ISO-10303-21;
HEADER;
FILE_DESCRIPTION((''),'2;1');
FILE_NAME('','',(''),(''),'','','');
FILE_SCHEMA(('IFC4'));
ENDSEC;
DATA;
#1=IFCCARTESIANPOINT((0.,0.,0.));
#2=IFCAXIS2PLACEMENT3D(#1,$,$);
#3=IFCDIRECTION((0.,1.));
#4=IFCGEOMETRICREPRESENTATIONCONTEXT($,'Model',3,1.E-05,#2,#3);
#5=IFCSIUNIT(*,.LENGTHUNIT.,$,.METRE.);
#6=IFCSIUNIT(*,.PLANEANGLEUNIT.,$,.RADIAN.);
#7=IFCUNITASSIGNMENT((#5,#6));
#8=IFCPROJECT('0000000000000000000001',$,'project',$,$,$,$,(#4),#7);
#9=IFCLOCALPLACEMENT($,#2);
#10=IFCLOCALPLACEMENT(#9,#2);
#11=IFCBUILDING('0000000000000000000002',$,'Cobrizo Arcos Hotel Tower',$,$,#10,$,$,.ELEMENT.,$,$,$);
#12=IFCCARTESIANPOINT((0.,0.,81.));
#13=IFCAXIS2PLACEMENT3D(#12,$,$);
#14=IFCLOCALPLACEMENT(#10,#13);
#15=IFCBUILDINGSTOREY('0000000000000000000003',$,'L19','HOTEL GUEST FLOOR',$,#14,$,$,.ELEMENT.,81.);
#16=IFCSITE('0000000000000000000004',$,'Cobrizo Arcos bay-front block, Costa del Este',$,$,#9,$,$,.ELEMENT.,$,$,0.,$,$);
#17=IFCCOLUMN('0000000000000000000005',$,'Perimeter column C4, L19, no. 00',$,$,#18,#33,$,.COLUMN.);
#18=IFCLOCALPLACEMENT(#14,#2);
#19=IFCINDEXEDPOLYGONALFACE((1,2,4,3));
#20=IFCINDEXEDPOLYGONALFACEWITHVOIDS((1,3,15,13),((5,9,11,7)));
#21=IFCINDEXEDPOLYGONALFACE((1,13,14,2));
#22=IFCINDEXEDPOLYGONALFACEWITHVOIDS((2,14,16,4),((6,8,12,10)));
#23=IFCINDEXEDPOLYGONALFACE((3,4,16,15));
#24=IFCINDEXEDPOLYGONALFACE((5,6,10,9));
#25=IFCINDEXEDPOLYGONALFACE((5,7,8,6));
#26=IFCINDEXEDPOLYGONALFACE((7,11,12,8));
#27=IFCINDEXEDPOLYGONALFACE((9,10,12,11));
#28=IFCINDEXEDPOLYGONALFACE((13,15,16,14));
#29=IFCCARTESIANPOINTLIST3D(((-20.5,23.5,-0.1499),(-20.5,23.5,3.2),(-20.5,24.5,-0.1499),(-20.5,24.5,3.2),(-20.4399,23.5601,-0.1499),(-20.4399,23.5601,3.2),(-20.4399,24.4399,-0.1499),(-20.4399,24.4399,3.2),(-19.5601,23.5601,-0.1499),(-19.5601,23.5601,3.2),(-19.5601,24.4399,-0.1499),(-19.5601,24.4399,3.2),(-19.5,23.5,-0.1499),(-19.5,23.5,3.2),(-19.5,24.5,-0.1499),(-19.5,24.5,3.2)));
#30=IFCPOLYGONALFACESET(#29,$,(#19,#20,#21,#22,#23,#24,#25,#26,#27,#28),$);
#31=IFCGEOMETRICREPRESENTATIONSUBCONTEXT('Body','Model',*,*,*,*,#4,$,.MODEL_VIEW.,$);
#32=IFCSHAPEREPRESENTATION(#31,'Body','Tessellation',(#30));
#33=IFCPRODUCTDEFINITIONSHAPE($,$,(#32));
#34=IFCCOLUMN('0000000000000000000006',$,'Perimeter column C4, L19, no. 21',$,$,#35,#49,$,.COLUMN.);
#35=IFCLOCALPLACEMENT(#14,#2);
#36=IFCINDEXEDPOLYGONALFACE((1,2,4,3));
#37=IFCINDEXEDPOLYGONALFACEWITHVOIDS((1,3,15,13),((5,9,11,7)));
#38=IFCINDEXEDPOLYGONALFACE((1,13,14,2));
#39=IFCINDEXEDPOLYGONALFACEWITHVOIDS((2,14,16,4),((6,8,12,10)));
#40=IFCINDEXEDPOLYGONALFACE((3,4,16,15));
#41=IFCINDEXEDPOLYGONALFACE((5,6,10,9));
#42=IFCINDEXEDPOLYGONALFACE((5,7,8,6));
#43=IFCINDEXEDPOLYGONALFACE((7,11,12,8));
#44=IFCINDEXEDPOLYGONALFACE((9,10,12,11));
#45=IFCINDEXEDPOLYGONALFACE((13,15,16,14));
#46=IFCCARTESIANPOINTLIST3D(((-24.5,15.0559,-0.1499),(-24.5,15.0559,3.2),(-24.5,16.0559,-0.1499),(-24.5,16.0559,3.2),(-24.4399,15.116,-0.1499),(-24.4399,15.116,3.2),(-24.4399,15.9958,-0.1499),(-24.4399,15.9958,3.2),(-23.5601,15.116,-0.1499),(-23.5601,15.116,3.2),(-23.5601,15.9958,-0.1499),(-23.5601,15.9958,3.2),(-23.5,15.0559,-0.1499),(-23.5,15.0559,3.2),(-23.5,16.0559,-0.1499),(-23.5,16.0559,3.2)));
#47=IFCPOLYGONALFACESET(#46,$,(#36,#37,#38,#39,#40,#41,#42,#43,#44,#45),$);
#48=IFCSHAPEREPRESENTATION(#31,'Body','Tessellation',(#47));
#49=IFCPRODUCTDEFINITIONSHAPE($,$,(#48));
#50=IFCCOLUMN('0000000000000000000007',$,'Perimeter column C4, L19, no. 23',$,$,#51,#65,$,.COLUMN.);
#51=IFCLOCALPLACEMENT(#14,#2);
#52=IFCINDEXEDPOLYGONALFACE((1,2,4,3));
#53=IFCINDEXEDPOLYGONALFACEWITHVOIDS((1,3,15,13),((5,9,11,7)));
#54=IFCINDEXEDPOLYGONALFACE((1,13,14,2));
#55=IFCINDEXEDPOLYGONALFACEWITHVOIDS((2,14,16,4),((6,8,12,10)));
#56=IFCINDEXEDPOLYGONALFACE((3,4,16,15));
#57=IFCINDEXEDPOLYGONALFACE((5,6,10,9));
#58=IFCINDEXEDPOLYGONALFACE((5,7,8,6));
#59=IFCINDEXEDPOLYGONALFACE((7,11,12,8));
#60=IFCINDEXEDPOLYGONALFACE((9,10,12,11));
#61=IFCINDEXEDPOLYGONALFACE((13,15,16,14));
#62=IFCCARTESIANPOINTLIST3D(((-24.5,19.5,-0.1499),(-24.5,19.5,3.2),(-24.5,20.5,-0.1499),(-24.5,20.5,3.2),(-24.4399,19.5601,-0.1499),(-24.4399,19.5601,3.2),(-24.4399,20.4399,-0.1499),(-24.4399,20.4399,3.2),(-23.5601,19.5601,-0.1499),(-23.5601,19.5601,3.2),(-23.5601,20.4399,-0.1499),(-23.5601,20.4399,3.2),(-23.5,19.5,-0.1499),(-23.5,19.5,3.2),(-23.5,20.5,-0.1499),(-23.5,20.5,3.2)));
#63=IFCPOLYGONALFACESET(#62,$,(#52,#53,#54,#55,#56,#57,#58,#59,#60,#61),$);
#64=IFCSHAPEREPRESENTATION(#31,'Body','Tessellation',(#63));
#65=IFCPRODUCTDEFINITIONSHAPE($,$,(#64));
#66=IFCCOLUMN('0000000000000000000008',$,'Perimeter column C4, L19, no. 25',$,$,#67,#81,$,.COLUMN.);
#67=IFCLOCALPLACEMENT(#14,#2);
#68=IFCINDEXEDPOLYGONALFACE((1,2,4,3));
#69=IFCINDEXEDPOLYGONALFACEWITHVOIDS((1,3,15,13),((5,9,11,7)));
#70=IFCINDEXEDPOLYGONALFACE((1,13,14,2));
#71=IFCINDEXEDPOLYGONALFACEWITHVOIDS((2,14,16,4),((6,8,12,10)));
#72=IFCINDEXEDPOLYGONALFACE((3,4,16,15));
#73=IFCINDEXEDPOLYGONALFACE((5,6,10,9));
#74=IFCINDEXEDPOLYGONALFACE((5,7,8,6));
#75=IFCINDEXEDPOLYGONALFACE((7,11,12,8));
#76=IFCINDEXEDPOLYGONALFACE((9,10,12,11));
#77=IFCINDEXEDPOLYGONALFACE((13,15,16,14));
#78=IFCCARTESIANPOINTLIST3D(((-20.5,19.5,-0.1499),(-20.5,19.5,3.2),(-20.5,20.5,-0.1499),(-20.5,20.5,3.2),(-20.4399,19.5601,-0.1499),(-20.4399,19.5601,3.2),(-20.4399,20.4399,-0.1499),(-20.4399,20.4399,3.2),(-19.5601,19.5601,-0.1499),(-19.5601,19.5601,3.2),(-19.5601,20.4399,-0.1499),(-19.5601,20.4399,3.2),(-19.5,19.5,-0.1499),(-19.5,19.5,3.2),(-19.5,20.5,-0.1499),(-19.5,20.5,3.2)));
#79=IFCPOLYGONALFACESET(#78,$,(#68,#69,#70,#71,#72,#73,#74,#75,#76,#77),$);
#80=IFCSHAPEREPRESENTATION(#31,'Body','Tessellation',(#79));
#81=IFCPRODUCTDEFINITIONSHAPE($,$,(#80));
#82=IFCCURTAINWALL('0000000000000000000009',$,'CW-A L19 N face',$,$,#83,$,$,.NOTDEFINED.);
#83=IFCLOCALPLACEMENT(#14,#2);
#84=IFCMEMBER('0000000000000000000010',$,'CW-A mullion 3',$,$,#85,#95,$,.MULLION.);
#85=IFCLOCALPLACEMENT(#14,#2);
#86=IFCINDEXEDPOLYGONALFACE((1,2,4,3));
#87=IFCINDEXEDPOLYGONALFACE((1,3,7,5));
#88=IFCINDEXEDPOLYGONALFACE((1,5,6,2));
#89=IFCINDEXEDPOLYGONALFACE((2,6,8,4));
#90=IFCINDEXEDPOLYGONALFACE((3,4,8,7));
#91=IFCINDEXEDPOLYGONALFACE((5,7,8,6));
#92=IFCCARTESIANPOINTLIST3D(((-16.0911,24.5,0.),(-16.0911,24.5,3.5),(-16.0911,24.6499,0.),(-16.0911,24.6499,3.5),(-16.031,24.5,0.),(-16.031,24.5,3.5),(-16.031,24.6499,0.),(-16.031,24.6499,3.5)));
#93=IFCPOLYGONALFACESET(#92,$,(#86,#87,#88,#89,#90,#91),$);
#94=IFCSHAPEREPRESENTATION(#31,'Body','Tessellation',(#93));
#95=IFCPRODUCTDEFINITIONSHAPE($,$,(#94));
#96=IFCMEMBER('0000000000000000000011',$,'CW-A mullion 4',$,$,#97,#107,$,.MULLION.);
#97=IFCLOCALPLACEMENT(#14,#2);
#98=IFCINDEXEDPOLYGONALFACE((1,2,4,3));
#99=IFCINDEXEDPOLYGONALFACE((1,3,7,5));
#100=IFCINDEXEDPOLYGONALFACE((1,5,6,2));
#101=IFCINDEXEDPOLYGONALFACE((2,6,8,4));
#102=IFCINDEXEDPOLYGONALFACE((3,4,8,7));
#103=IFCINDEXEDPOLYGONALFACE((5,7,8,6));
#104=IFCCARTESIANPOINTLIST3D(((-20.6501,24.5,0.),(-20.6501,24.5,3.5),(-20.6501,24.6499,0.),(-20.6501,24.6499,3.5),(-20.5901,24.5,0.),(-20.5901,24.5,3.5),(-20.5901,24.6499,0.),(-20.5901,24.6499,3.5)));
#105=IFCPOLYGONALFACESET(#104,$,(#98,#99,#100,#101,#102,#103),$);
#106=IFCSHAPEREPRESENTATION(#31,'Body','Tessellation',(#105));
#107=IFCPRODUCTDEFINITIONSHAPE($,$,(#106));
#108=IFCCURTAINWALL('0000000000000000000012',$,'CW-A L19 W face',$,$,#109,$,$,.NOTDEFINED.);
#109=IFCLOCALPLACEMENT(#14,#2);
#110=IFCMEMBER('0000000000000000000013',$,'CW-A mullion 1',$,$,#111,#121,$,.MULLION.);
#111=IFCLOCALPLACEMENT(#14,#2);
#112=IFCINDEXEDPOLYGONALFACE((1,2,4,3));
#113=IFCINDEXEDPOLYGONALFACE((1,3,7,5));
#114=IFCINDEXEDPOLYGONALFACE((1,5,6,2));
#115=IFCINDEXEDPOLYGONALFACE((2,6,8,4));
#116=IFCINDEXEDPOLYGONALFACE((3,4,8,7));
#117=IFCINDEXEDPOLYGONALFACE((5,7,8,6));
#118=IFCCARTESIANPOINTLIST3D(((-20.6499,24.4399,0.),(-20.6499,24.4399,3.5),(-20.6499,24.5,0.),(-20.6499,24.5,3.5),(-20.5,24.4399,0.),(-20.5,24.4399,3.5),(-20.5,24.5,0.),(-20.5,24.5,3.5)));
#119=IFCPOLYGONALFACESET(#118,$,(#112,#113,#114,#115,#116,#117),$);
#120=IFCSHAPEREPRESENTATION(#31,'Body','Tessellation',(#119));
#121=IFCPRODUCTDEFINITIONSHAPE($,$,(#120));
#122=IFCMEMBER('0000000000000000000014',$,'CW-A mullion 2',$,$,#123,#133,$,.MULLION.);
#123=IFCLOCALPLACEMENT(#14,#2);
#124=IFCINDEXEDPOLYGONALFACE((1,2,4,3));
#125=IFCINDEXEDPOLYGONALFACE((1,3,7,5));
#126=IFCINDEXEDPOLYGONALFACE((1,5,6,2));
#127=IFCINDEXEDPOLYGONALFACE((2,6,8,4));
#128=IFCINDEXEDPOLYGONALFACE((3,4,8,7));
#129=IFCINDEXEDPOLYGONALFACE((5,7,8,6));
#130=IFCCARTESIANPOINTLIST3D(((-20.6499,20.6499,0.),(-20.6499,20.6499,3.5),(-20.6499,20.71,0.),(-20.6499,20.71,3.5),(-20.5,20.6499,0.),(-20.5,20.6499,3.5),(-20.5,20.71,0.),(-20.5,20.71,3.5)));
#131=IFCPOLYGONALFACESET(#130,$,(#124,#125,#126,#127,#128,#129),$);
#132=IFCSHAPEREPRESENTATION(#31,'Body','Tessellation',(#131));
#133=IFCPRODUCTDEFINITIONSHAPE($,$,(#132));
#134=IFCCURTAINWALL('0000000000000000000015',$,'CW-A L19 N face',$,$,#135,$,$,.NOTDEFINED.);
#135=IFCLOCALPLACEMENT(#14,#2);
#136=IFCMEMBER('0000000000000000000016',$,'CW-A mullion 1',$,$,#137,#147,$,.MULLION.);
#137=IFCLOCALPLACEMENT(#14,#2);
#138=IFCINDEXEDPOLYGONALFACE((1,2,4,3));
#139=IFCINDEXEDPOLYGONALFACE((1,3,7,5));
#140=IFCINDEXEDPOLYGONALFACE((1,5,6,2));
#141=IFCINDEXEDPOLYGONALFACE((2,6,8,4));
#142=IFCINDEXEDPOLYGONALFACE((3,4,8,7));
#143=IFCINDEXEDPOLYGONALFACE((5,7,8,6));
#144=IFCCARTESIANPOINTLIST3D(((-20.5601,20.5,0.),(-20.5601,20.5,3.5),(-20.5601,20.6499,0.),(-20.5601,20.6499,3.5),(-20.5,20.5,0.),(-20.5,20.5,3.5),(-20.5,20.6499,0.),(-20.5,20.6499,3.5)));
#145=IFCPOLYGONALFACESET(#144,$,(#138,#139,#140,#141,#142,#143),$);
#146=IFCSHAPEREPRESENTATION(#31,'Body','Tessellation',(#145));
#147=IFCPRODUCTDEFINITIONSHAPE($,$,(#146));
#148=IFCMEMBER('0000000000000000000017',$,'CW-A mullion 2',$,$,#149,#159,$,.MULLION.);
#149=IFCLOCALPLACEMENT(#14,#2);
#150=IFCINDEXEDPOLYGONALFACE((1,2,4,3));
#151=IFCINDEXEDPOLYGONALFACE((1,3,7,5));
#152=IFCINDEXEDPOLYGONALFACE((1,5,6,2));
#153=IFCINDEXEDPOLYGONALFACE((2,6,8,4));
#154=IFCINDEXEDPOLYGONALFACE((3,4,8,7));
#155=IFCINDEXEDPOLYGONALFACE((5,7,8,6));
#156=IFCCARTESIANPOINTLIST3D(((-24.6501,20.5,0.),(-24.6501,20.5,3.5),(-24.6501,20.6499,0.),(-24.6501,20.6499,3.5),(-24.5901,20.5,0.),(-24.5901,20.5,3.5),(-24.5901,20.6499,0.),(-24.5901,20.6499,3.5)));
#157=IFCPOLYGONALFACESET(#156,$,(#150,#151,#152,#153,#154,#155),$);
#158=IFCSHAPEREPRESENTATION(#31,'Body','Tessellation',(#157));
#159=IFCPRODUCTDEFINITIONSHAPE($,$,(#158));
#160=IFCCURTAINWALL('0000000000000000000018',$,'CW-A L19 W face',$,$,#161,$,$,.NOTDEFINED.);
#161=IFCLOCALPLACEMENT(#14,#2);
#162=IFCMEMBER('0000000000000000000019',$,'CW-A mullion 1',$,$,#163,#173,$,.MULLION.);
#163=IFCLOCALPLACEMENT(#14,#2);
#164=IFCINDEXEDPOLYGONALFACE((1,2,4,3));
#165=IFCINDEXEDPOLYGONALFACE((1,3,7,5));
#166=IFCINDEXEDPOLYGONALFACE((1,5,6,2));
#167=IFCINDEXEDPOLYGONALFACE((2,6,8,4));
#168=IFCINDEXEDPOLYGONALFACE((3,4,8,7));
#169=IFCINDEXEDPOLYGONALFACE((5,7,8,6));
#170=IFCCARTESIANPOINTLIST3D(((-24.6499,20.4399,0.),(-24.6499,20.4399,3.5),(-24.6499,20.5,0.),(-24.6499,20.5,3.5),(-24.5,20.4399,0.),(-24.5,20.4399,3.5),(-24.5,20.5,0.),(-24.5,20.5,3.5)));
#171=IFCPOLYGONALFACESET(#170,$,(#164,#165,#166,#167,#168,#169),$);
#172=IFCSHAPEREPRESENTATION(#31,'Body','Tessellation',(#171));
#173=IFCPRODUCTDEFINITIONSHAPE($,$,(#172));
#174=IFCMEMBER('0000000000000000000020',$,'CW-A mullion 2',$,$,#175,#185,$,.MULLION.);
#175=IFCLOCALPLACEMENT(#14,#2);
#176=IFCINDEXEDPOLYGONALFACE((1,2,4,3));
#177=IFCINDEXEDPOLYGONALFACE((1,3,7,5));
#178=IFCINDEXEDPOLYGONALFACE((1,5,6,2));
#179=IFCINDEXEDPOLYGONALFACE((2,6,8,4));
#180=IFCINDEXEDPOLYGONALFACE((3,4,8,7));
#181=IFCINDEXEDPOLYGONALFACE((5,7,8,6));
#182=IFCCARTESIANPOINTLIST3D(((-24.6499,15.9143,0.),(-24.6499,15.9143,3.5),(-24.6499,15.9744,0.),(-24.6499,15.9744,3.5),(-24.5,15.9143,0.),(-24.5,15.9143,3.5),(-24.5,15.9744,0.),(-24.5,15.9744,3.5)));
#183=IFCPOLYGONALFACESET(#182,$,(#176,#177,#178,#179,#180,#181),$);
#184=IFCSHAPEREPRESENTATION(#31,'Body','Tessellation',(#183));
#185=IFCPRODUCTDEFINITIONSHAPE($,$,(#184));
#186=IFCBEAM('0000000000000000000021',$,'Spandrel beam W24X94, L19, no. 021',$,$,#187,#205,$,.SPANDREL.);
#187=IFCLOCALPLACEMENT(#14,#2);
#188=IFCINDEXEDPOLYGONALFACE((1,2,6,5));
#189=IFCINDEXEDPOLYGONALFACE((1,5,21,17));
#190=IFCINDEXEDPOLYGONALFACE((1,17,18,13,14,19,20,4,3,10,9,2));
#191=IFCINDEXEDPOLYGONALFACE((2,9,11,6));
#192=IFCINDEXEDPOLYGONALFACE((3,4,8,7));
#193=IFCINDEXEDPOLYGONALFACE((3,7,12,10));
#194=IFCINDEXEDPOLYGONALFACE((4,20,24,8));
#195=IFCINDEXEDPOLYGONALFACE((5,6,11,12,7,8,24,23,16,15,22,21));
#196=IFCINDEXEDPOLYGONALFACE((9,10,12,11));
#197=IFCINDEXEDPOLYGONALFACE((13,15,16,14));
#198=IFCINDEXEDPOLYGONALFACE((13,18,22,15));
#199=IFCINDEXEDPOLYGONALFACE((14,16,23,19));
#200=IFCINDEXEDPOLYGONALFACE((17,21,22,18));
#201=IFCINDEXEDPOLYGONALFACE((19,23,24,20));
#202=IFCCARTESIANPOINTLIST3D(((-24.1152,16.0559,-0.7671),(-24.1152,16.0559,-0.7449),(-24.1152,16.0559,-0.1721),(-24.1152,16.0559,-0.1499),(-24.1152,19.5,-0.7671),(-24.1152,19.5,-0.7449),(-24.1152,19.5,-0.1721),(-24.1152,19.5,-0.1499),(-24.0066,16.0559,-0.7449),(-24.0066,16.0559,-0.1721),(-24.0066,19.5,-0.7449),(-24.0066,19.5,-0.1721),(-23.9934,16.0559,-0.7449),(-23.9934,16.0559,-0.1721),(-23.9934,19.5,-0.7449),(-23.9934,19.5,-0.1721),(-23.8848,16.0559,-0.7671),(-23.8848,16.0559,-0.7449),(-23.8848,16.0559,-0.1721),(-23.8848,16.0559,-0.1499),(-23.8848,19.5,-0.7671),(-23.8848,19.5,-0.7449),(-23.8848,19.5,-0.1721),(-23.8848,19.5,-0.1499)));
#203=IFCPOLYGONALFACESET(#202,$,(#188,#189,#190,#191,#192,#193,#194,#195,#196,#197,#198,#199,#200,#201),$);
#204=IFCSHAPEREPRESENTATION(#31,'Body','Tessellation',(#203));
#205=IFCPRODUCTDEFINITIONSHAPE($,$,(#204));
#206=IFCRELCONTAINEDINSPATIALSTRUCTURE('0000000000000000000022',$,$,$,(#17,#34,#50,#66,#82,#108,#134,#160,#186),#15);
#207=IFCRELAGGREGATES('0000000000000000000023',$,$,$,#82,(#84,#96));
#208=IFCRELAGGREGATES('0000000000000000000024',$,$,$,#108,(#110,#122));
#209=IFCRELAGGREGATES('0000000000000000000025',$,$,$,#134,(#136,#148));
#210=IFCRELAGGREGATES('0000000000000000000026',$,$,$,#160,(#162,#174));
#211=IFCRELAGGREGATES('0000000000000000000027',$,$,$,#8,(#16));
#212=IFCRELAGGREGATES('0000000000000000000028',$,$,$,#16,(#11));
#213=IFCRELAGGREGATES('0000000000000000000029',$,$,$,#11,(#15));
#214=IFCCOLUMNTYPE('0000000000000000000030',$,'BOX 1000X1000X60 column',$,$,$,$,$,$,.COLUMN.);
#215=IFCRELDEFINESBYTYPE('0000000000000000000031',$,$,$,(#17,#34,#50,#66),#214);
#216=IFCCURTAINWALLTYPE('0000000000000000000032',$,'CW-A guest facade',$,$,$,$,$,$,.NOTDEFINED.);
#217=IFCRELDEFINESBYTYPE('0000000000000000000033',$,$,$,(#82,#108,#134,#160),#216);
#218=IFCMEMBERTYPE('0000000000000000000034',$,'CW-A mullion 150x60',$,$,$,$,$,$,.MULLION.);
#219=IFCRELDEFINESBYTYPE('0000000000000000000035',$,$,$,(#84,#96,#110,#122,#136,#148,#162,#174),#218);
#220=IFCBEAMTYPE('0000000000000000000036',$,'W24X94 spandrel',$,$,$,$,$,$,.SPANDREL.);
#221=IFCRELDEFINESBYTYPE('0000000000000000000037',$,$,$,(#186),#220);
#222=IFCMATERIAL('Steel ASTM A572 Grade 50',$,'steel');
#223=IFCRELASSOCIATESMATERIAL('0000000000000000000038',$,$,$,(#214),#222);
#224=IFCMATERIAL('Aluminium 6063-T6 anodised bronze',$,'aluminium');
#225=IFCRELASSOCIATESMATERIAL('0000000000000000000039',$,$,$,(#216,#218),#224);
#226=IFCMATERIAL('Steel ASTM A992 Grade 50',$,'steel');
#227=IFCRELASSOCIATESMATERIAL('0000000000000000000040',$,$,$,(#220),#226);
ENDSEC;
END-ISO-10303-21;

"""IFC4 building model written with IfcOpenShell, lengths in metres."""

from ifc_helpers import new_model, si_unit, direction, frame, origin, origin_2d, place, context, subcontext, project, spatial, rectangle, hollow_rectangle, i_section, extrude, material, material_profile, profile_set, type_object, element, aggregate, save


model = new_model("IFC4")

# Units and contexts
model_context = context("Model", 3, precision=1e-05, world=origin(), true_north=direction((0.0, 1.0)))
body_context = subcontext(model_context, "Body", "Model", "MODEL_VIEW")
ifc_project = project(units=[si_unit("LENGTHUNIT", "METRE"), si_unit("PLANEANGLEUNIT", "RADIAN")], contexts=[model_context])

# Site, building, storey
site_placement = place(None, origin())
site = spatial("IfcSite", under=ifc_project, at=site_placement, Name="Cobrizo Arcos bay-front block, Costa del Este", CompositionType="ELEMENT", RefElevation=0.0)
building_placement = place(site_placement, origin())
building = spatial("IfcBuilding", under=site, at=building_placement, Name="Cobrizo Arcos Hotel Tower", CompositionType="ELEMENT")
storey_placement = place(building_placement, frame((0.0, 0.0, 81.0)))
storey = spatial("IfcBuildingStorey", under=building, at=storey_placement, Name="L19", Description="HOTEL GUEST FLOOR", CompositionType="ELEMENT", Elevation=81.0)

# Columns
ifc_material_1 = material(Name="Steel ASTM A572 Grade 50", Category="steel")
ifc_material_profile_1 = material_profile(ifc_material_1, hollow_rectangle(XDim=1.0, YDim=1.0, WallThickness=0.0601, at=origin_2d()), Name="BOX 1000X1000X60")
ifc_profile_set_1 = profile_set([ifc_material_profile_1], Name="Steel ASTM A572 Grade 50")
column_type = type_object("IfcColumnType", Name="BOX 1000X1000X60 column", PredefinedType="COLUMN", material=ifc_profile_set_1)
for number, where, z_axis, x_axis, name in (
    (1, (-20.0, 24.0, -0.1499), (0.0, 0.0, 1.0), (1.0, 0.0, 0.0), "Perimeter column C4, L19, no. 00"),
    (2, (-24.0, 15.5559, -0.1499), (0.0, 0.0, 1.0), (1.0, 0.0, 0.0), "Perimeter column C4, L19, no. 21"),
    (3, (-24.0, 20.0, -0.1499), (0.0, 0.0, 1.0), (1.0, 0.0, 0.0), "Perimeter column C4, L19, no. 23"),
    (4, (-20.0, 20.0, -0.1499), (0.0, 0.0, 1.0), (1.0, 0.0, 0.0), "Perimeter column C4, L19, no. 25"),
):
    element("IfcColumn", number, at=place(storey_placement, frame(where, z_axis=z_axis, x_axis=x_axis)), inside=storey, type_object=column_type, Name=name, PredefinedType="COLUMN", context=body_context, shape_type="SweptSolid", body=[
        extrude(hollow_rectangle(XDim=1.0, YDim=1.0, WallThickness=0.0601, at=origin_2d()), origin(), (0.0, 0.0, 1.0), 3.3499),
    ])

# Curtain walls, members
ifc_material_2 = material(Name="Aluminium 6063-T6 anodised bronze", Category="aluminium")
curtain_wall_type = type_object("IfcCurtainWallType", Name="CW-A guest facade", PredefinedType="NOTDEFINED", material=ifc_material_2)
curtain_wall_1_placement = place(storey_placement, origin())
curtain_wall_1 = element("IfcCurtainWall", 5, at=curtain_wall_1_placement, inside=storey, type_object=curtain_wall_type, Name="CW-A L19 N face", PredefinedType="NOTDEFINED")
ifc_material_profile_2 = material_profile(ifc_material_2, rectangle(XDim=0.1499, YDim=0.0601, at=origin_2d()), Name="CW-A mullion 150x60")
ifc_profile_set_2 = profile_set([ifc_material_profile_2], Name="Aluminium 6063-T6 anodised bronze")
member_type = type_object("IfcMemberType", Name="CW-A mullion 150x60", PredefinedType="MULLION", material=ifc_profile_set_2)
member_1_placement = place(storey_placement, frame((-16.061, 24.575, 0.0), z_axis=(0.0, 0.0, 1.0), x_axis=(0.0, 1.0, 0.0)))
member_1 = element("IfcMember", 6, at=member_1_placement, type_object=member_type, Name="CW-A mullion 3", PredefinedType="MULLION", context=body_context, shape_type="SweptSolid", body=[
    extrude(rectangle(XDim=0.1499, YDim=0.0601, at=origin_2d()), origin(), (0.0, 0.0, 1.0), 3.5),
])
member_2_placement = place(storey_placement, frame((-20.6201, 24.575, 0.0), z_axis=(0.0, 0.0, 1.0), x_axis=(0.0, 1.0, 0.0)))
member_2 = element("IfcMember", 7, at=member_2_placement, type_object=member_type, Name="CW-A mullion 4", PredefinedType="MULLION", context=body_context, shape_type="SweptSolid", body=[
    extrude(rectangle(XDim=0.1499, YDim=0.0601, at=origin_2d()), origin(), (0.0, 0.0, 1.0), 3.5),
])
curtain_wall_2_placement = place(storey_placement, origin())
curtain_wall_2 = element("IfcCurtainWall", 8, at=curtain_wall_2_placement, inside=storey, type_object=curtain_wall_type, Name="CW-A L19 W face", PredefinedType="NOTDEFINED")
member_3_placement = place(storey_placement, frame((-20.575, 24.47, 0.0), z_axis=(0.0, 0.0, 1.0), x_axis=(-1.0, 0.0, 0.0)))
member_3 = element("IfcMember", 9, at=member_3_placement, type_object=member_type, Name="CW-A mullion 1", PredefinedType="MULLION", context=body_context, shape_type="SweptSolid", body=[
    extrude(rectangle(XDim=0.1499, YDim=0.0601, at=origin_2d()), origin(), (0.0, 0.0, 1.0), 3.5),
])
member_4_placement = place(storey_placement, frame((-20.575, 20.6799, 0.0), z_axis=(0.0, 0.0, 1.0), x_axis=(-1.0, 0.0, 0.0)))
member_4 = element("IfcMember", 10, at=member_4_placement, type_object=member_type, Name="CW-A mullion 2", PredefinedType="MULLION", context=body_context, shape_type="SweptSolid", body=[
    extrude(rectangle(XDim=0.1499, YDim=0.0601, at=origin_2d()), origin(), (0.0, 0.0, 1.0), 3.5),
])
curtain_wall_3_placement = place(storey_placement, origin())
curtain_wall_3 = element("IfcCurtainWall", 11, at=curtain_wall_3_placement, inside=storey, type_object=curtain_wall_type, Name="CW-A L19 N face", PredefinedType="NOTDEFINED")
member_5_placement = place(storey_placement, frame((-20.53, 20.575, 0.0), z_axis=(0.0, 0.0, 1.0), x_axis=(0.0, 1.0, 0.0)))
member_5 = element("IfcMember", 12, at=member_5_placement, type_object=member_type, Name="CW-A mullion 1", PredefinedType="MULLION", context=body_context, shape_type="SweptSolid", body=[
    extrude(rectangle(XDim=0.1499, YDim=0.0601, at=origin_2d()), origin(), (0.0, 0.0, 1.0), 3.5),
])
member_6_placement = place(storey_placement, frame((-24.6201, 20.575, 0.0), z_axis=(0.0, 0.0, 1.0), x_axis=(0.0, 1.0, 0.0)))
member_6 = element("IfcMember", 13, at=member_6_placement, type_object=member_type, Name="CW-A mullion 2", PredefinedType="MULLION", context=body_context, shape_type="SweptSolid", body=[
    extrude(rectangle(XDim=0.1499, YDim=0.0601, at=origin_2d()), origin(), (0.0, 0.0, 1.0), 3.5),
])
curtain_wall_4_placement = place(storey_placement, origin())
curtain_wall_4 = element("IfcCurtainWall", 14, at=curtain_wall_4_placement, inside=storey, type_object=curtain_wall_type, Name="CW-A L19 W face", PredefinedType="NOTDEFINED")
member_7_placement = place(storey_placement, frame((-24.575, 20.47, 0.0), z_axis=(0.0, 0.0, 1.0), x_axis=(-1.0, 0.0, 0.0)))
member_7 = element("IfcMember", 15, at=member_7_placement, type_object=member_type, Name="CW-A mullion 1", PredefinedType="MULLION", context=body_context, shape_type="SweptSolid", body=[
    extrude(rectangle(XDim=0.1499, YDim=0.0601, at=origin_2d()), origin(), (0.0, 0.0, 1.0), 3.5),
])
member_8_placement = place(storey_placement, frame((-24.575, 15.9443, 0.0), z_axis=(0.0, 0.0, 1.0), x_axis=(-1.0, 0.0, 0.0)))
member_8 = element("IfcMember", 16, at=member_8_placement, type_object=member_type, Name="CW-A mullion 2", PredefinedType="MULLION", context=body_context, shape_type="SweptSolid", body=[
    extrude(rectangle(XDim=0.1499, YDim=0.0601, at=origin_2d()), origin(), (0.0, 0.0, 1.0), 3.5),
])

# Beam
ifc_material_3 = material(Name="Steel ASTM A992 Grade 50", Category="steel")
ifc_material_profile_3 = material_profile(ifc_material_3, i_section(OverallWidth=0.2305, OverallDepth=0.6172, WebThickness=0.0132, FlangeThickness=0.0222, at=origin_2d()), Name="W24X94")
ifc_profile_set_3 = profile_set([ifc_material_profile_3], Name="Steel ASTM A992 Grade 50")
beam_type = type_object("IfcBeamType", Name="W24X94 spandrel", PredefinedType="SPANDREL", material=ifc_profile_set_3)
beam_1_placement = place(storey_placement, frame((-24.0, 16.0559, -0.4585), z_axis=(0.0, 1.0, 0.0), x_axis=(-1.0, 0.0, 0.0)))
element("IfcBeam", 17, at=beam_1_placement, inside=storey, type_object=beam_type, Name="Spandrel beam W24X94, L19, no. 021", PredefinedType="SPANDREL", context=body_context, shape_type="SweptSolid", body=[
    extrude(i_section(OverallWidth=0.2305, OverallDepth=0.6172, WebThickness=0.0132, FlangeThickness=0.0222, at=origin_2d()), origin(), (0.0, 0.0, 1.0), 3.4441),
])

aggregate(curtain_wall_1, [member_1, member_2])
aggregate(curtain_wall_2, [member_3, member_4])
aggregate(curtain_wall_3, [member_5, member_6])
aggregate(curtain_wall_4, [member_7, member_8])

save(model, "model.ifc")
